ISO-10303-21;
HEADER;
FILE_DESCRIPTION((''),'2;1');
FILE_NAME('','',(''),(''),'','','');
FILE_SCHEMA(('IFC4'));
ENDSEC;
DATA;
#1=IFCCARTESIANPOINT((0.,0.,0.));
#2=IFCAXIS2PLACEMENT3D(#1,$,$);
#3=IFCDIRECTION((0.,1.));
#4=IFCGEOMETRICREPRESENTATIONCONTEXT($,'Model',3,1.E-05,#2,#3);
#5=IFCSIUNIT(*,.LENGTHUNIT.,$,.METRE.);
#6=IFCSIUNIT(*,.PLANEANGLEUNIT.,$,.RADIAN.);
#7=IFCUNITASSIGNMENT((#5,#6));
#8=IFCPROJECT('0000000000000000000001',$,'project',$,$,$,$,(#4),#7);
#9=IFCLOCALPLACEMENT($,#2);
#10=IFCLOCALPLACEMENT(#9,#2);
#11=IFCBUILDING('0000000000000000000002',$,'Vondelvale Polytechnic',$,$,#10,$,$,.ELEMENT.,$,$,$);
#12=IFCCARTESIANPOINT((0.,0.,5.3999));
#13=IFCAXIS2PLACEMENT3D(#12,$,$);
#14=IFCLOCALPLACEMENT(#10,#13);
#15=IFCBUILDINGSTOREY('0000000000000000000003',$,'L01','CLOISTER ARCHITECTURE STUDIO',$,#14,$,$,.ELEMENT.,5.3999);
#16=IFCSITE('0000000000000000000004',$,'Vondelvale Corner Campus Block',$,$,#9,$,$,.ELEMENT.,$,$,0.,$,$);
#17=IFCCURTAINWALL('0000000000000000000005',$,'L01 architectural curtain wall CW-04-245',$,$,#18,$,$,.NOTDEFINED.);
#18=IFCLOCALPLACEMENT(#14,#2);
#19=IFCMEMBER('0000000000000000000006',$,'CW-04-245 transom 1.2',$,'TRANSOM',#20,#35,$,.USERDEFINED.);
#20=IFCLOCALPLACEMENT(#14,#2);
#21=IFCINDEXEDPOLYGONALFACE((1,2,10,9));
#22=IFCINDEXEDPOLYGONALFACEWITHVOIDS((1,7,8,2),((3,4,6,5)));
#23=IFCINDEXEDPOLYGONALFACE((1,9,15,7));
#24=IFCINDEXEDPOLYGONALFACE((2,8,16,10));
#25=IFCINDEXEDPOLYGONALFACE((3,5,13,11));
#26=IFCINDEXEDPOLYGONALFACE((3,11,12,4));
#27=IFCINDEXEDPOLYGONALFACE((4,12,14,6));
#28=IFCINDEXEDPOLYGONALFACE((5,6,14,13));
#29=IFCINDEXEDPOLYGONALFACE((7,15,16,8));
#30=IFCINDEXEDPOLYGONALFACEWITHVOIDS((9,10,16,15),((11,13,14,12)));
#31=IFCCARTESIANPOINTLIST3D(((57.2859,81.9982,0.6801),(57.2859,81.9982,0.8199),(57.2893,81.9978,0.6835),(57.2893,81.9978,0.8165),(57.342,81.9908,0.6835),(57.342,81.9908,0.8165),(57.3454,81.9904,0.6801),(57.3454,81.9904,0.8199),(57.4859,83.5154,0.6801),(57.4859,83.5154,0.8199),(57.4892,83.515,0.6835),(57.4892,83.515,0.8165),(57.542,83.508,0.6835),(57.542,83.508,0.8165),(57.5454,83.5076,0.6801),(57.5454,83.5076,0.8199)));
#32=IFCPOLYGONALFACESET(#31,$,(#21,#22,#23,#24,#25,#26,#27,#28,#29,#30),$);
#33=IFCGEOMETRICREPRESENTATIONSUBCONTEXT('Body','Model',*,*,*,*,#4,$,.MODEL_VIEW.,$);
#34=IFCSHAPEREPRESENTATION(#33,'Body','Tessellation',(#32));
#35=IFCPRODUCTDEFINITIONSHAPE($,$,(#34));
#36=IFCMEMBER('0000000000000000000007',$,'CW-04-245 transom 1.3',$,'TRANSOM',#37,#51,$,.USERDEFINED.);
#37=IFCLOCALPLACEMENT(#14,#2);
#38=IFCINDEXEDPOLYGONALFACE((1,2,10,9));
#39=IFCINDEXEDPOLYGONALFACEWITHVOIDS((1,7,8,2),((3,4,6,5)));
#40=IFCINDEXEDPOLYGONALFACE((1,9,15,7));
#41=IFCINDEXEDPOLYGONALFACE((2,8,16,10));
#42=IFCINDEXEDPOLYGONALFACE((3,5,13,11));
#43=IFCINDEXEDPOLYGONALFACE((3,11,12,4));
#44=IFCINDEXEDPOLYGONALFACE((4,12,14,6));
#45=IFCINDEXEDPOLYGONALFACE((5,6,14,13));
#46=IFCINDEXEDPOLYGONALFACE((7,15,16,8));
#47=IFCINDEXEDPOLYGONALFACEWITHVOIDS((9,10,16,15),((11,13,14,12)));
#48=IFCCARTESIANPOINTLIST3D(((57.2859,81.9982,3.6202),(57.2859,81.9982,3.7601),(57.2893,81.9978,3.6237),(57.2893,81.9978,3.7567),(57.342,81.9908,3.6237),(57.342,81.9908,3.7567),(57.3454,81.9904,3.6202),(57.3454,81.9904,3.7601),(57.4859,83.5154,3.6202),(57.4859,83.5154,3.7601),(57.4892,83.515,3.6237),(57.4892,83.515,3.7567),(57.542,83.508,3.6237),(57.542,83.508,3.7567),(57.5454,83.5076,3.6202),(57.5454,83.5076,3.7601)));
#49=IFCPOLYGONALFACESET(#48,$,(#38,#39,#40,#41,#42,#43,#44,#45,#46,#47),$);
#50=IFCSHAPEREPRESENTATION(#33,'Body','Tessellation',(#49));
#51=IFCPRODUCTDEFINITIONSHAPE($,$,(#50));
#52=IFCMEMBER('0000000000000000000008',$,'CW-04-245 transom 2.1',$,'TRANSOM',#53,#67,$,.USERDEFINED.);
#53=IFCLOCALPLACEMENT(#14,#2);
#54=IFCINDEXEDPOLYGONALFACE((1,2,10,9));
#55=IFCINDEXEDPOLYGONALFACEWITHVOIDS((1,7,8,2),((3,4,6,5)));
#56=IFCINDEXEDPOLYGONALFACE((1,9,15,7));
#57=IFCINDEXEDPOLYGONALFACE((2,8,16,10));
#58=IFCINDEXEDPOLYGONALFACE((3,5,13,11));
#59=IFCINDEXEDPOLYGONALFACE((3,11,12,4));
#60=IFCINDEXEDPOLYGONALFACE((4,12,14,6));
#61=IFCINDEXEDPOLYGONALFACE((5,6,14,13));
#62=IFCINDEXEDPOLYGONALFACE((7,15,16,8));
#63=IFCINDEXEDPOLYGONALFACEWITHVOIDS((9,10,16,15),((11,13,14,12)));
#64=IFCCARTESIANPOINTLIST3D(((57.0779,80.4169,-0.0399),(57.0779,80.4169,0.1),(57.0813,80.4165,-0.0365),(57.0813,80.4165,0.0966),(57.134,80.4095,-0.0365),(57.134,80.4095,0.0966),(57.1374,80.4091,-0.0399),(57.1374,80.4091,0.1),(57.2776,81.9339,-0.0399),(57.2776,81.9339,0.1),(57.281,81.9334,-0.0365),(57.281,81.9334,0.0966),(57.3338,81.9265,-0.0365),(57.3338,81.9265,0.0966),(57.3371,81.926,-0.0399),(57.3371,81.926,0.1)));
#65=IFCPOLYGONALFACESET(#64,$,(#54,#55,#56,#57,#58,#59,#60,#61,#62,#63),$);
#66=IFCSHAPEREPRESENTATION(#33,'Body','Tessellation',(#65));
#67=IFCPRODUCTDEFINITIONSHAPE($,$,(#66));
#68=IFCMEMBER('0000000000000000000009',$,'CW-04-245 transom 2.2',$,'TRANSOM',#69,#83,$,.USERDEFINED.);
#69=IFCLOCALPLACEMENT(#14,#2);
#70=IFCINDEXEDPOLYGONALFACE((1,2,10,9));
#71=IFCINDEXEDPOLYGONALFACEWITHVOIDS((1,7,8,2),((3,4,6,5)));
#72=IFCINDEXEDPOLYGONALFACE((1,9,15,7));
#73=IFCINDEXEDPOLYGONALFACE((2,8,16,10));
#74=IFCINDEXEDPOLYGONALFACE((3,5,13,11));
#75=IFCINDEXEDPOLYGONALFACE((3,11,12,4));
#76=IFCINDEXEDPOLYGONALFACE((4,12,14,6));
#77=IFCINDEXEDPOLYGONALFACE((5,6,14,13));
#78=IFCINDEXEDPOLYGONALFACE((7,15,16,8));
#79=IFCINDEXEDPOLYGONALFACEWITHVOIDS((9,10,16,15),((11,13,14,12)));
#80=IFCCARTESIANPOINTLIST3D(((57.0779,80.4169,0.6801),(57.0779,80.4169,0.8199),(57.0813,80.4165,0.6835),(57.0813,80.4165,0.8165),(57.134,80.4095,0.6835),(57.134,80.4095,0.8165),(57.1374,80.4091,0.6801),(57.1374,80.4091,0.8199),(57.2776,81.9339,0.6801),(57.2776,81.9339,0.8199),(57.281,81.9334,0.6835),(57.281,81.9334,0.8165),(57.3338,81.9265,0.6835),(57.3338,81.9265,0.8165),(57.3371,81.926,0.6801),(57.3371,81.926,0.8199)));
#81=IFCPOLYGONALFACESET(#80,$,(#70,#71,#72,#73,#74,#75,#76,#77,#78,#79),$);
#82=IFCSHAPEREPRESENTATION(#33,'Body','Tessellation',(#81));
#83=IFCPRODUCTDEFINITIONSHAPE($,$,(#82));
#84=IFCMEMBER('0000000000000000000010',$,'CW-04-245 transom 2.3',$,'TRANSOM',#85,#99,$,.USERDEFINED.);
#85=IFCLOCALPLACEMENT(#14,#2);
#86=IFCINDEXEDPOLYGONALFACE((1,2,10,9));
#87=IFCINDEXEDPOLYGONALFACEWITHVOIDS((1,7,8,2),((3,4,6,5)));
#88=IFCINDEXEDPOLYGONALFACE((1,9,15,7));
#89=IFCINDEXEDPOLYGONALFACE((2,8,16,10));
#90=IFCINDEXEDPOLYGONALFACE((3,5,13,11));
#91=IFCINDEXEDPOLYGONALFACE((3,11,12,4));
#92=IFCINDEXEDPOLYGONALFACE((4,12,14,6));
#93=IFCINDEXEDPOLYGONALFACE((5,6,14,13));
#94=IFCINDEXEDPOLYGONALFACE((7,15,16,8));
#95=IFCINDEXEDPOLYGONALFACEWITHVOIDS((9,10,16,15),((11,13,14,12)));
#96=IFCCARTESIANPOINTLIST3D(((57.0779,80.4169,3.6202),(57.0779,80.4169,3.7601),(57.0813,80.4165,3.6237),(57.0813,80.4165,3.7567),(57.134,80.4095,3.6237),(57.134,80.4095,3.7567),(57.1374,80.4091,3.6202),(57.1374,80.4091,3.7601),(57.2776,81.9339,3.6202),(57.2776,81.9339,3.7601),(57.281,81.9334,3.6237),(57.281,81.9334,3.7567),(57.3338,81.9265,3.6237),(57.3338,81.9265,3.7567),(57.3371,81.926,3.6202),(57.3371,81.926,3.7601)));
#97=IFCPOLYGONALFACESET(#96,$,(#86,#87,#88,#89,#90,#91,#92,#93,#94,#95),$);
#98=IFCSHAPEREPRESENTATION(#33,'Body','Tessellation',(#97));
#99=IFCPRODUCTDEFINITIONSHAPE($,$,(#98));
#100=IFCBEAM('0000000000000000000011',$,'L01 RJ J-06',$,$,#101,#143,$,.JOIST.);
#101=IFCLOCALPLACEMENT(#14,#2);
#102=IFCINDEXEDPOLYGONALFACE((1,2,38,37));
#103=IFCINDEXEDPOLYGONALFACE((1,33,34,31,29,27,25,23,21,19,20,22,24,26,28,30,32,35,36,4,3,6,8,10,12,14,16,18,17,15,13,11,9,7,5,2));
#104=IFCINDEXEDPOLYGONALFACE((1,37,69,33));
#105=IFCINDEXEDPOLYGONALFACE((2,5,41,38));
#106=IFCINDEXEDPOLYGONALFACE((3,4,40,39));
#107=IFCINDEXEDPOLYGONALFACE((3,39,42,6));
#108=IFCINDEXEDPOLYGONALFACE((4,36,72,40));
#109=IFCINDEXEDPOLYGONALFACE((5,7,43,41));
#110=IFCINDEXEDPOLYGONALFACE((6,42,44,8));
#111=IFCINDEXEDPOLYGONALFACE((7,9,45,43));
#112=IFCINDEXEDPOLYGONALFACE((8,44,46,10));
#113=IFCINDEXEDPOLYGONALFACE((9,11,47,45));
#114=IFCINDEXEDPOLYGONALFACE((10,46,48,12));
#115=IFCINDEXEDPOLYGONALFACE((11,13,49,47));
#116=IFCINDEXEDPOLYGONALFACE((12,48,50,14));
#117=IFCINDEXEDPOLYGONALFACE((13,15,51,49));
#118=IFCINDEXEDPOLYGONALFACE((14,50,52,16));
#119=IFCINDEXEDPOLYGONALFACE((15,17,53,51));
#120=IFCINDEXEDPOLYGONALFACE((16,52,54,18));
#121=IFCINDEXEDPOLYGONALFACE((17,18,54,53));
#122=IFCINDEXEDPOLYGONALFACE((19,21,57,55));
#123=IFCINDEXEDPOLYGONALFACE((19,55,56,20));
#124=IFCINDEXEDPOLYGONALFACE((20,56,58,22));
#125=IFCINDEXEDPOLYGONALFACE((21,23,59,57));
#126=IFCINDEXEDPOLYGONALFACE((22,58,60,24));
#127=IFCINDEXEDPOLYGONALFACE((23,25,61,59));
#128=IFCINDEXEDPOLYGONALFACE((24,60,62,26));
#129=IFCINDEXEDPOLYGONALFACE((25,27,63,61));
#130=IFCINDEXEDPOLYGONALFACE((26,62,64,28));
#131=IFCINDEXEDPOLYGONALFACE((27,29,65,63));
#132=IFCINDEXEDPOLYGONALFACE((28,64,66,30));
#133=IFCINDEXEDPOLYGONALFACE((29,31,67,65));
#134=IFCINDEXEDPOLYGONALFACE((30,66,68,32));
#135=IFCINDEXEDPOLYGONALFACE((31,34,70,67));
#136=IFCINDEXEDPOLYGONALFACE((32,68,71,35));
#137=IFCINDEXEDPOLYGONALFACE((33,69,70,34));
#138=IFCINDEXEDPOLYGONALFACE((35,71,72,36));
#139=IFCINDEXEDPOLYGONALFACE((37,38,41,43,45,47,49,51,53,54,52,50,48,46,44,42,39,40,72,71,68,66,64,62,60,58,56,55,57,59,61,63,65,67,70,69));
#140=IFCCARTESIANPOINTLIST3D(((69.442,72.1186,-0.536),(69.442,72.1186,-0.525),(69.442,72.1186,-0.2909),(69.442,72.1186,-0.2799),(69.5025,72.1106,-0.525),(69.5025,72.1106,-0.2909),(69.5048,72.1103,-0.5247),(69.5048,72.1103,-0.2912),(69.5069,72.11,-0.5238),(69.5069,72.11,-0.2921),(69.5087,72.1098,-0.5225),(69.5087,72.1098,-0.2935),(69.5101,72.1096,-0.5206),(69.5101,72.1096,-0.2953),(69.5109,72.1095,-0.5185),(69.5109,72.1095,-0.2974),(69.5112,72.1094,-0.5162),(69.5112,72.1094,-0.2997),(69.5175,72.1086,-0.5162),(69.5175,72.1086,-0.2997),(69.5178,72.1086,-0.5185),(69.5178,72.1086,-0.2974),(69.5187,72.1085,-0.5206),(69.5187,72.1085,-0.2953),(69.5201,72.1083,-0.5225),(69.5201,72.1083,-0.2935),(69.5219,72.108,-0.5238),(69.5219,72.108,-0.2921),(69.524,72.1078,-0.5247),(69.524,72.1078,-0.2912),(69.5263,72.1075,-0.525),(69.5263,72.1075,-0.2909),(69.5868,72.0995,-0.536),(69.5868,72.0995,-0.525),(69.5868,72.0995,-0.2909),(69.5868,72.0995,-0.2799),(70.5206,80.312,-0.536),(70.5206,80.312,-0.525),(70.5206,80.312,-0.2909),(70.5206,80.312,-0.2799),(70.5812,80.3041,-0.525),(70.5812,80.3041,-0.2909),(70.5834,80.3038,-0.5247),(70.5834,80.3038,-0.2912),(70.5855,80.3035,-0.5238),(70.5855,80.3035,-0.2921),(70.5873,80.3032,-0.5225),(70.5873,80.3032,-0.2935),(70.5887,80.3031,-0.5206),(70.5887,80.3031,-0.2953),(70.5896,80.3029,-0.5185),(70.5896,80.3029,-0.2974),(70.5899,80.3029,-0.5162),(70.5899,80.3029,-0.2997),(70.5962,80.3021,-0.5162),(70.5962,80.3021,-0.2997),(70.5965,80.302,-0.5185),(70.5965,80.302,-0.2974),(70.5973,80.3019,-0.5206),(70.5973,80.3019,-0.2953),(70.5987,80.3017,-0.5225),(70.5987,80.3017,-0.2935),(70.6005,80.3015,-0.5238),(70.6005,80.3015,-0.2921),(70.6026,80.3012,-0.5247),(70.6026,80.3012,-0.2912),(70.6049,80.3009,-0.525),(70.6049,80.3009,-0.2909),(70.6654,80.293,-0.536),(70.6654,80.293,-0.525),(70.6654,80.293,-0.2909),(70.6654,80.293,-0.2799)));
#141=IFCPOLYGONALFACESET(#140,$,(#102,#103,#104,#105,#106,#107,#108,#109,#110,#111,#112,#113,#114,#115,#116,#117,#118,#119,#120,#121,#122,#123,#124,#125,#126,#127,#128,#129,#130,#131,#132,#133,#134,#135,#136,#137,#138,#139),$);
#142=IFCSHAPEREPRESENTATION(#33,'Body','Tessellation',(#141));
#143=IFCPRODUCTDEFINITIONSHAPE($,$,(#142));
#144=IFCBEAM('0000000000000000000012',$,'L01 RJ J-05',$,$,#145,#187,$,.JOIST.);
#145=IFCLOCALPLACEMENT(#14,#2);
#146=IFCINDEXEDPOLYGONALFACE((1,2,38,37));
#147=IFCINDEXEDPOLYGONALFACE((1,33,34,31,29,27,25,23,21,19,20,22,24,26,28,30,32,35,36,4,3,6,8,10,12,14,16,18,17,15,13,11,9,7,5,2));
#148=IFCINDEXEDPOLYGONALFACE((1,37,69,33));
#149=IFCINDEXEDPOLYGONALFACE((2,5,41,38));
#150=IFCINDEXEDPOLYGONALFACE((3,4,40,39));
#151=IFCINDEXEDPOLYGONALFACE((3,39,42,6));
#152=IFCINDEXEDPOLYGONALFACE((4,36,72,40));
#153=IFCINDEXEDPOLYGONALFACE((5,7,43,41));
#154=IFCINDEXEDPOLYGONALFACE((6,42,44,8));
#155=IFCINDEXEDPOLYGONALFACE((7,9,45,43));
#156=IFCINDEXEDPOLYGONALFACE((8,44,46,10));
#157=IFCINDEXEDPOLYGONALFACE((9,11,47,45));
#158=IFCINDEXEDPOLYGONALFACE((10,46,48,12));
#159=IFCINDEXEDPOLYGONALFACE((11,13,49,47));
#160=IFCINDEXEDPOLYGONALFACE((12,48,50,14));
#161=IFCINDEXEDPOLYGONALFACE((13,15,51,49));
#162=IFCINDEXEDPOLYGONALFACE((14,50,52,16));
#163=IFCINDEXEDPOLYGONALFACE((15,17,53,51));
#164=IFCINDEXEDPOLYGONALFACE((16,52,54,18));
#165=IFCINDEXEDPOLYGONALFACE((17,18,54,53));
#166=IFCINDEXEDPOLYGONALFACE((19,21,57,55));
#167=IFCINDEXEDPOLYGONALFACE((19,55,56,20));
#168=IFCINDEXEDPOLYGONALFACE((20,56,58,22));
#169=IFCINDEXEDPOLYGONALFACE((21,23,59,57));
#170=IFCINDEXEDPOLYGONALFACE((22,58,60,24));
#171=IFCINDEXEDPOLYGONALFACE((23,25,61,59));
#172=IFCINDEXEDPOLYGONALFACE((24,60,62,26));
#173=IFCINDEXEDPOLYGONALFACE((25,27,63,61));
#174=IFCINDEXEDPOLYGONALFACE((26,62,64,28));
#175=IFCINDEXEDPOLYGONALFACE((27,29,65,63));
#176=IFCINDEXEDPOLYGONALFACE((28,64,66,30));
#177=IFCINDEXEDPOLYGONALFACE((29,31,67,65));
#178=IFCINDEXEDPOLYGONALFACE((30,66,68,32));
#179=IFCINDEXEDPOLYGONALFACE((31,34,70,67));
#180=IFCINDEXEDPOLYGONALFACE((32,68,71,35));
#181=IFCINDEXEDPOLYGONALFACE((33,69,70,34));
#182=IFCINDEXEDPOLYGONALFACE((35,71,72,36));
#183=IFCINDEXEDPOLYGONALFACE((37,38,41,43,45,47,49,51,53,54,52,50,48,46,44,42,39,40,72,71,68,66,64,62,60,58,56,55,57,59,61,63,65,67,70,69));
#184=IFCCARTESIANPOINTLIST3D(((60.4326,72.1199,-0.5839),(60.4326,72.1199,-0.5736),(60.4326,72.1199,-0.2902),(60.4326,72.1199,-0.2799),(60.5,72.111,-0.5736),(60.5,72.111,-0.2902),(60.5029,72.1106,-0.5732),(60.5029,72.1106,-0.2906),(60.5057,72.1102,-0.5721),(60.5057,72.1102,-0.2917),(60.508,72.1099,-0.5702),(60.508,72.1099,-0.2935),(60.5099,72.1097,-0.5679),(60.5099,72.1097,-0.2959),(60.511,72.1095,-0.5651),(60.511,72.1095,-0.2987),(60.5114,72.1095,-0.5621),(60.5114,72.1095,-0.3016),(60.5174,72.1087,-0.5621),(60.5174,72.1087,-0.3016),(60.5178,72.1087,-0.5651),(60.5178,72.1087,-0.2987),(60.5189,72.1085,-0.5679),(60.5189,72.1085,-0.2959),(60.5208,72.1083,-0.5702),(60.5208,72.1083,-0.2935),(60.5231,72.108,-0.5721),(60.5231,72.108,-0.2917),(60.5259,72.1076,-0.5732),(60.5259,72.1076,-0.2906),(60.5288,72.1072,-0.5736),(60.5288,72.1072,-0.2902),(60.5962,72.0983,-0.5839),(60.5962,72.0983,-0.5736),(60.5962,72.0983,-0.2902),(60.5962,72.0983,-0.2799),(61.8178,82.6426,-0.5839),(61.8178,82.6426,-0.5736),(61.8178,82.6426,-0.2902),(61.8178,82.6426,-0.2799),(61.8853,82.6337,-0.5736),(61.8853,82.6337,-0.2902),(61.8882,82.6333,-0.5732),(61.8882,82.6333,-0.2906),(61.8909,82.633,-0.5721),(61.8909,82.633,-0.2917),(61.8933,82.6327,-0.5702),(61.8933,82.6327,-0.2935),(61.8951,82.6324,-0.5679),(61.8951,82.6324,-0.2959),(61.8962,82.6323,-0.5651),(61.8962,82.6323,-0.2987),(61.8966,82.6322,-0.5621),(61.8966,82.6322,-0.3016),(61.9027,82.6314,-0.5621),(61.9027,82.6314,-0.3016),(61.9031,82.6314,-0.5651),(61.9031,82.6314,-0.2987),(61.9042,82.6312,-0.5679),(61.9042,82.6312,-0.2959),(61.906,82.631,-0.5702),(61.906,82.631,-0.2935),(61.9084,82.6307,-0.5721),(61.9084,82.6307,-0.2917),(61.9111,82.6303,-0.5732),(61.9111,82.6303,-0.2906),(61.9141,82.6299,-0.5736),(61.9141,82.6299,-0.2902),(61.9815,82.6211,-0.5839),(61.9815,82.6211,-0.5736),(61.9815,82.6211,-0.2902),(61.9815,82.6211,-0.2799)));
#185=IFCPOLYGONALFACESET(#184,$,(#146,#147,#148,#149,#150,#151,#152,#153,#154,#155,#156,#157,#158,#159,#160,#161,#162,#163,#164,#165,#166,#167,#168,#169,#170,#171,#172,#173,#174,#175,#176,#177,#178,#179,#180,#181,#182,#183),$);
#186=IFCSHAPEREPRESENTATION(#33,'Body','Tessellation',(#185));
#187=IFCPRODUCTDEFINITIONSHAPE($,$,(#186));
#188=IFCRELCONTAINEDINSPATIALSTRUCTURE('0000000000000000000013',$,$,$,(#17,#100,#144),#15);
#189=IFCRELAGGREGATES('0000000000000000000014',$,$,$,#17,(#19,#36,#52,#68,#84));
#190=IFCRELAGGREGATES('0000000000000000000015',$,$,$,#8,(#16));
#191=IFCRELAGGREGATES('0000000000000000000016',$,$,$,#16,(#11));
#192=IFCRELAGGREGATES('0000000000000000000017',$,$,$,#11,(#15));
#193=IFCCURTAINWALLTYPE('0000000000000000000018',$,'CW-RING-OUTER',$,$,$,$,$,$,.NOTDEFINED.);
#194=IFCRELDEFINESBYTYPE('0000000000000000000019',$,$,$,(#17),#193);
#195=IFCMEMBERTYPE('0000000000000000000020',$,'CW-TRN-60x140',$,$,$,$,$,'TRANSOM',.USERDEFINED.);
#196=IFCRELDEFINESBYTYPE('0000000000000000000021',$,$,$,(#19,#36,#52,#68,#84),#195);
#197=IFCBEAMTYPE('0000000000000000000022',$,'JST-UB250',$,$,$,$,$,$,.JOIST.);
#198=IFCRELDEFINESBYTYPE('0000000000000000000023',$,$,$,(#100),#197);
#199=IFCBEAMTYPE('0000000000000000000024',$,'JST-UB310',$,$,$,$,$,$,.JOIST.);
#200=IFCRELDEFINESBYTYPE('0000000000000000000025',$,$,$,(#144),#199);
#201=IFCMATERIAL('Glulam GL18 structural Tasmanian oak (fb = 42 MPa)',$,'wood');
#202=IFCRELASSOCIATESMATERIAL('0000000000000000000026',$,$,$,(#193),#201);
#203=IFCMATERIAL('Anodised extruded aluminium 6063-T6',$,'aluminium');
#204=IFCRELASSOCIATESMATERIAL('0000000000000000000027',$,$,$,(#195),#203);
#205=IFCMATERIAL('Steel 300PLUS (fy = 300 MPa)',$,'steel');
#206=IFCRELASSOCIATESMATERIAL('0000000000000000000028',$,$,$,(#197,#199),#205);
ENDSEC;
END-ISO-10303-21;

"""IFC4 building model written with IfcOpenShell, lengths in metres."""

from ifc_helpers import new_model, si_unit, direction, frame, origin, origin_2d, place, context, subcontext, project, spatial, hollow_rectangle, i_section, extrude, material, material_profile, profile_set, type_object, element, aggregate, save


model = new_model("IFC4")

# Units and contexts
model_context = context("Model", 3, precision=1e-05, world=origin(), true_north=direction((0.0, 1.0)))
body_context = subcontext(model_context, "Body", "Model", "MODEL_VIEW")
ifc_project = project(units=[si_unit("LENGTHUNIT", "METRE"), si_unit("PLANEANGLEUNIT", "RADIAN")], contexts=[model_context])

# Site, building, storey
site_placement = place(None, origin())
site = spatial("IfcSite", under=ifc_project, at=site_placement, Name="Vondelvale Corner Campus Block", CompositionType="ELEMENT", RefElevation=0.0)
building_placement = place(site_placement, origin())
building = spatial("IfcBuilding", under=site, at=building_placement, Name="Vondelvale Polytechnic", CompositionType="ELEMENT")
storey_placement = place(building_placement, frame((0.0, 0.0, 5.3999)))
storey = spatial("IfcBuildingStorey", under=building, at=storey_placement, Name="L01", Description="CLOISTER ARCHITECTURE STUDIO", CompositionType="ELEMENT", Elevation=5.3999)

# Shared definitions
ifc_material_1 = material(Name="Steel 300PLUS (fy = 300 MPa)", Category="steel")

# Curtain wall
ifc_material_2 = material(Name="Glulam GL18 structural Tasmanian oak (fb = 42 MPa)", Category="wood")
curtain_wall_type = type_object("IfcCurtainWallType", Name="CW-RING-OUTER", PredefinedType="NOTDEFINED", material=ifc_material_2)
ifc_material_3 = material(Name="Anodised extruded aluminium 6063-T6", Category="aluminium")
curtain_wall_1_placement = place(storey_placement, origin())
curtain_wall_1 = element("IfcCurtainWall", 1, at=curtain_wall_1_placement, inside=storey, type_object=curtain_wall_type, Name="L01 architectural curtain wall CW-04-245", PredefinedType="NOTDEFINED")

# Members
ifc_material_profile_1 = material_profile(ifc_material_3, hollow_rectangle(XDim=0.0601, YDim=0.1399, WallThickness=0.0034, at=origin_2d()), Name="CW-TRN-140x60")
ifc_profile_set_1 = profile_set([ifc_material_profile_1], Name="Anodised extruded aluminium 6063-T6")
member_type_1 = type_object("IfcMemberType", Name="CW-TRN-60x140", ElementType="TRANSOM", PredefinedType="USERDEFINED", material=ifc_profile_set_1)
member_1_placement = place(storey_placement, frame((57.5156, 83.5115, 0.75), z_axis=(-0.130669, -0.991426, 0.0), x_axis=(0.991426, -0.130669, 0.0)))
member_1 = element("IfcMember", 2, at=member_1_placement, type_object=member_type_1, Name="CW-04-245 transom 1.2", ObjectType="TRANSOM", PredefinedType="USERDEFINED", context=body_context, shape_type="SweptSolid", body=[
    extrude(hollow_rectangle(XDim=0.0601, YDim=0.1399, WallThickness=0.0034, at=origin_2d()), origin(), (0.0, 0.0, 1.0), 1.5303),
])
member_2_placement = place(storey_placement, frame((57.5156, 83.5115, 3.6902), z_axis=(-0.130669, -0.991426, 0.0), x_axis=(0.991426, -0.130669, 0.0)))
member_2 = element("IfcMember", 3, at=member_2_placement, type_object=member_type_1, Name="CW-04-245 transom 1.3", ObjectType="TRANSOM", PredefinedType="USERDEFINED", context=body_context, shape_type="SweptSolid", body=[
    extrude(hollow_rectangle(XDim=0.0601, YDim=0.1399, WallThickness=0.0034, at=origin_2d()), origin(), (0.0, 0.0, 1.0), 1.5303),
])
member_3_placement = place(storey_placement, frame((57.3074, 81.9299, 0.03), z_axis=(-0.130533, -0.991444, 0.0), x_axis=(0.991444, -0.130533, 0.0)))
member_3 = element("IfcMember", 4, at=member_3_placement, type_object=member_type_1, Name="CW-04-245 transom 2.1", ObjectType="TRANSOM", PredefinedType="USERDEFINED", context=body_context, shape_type="SweptSolid", body=[
    extrude(hollow_rectangle(XDim=0.0601, YDim=0.1399, WallThickness=0.0034, at=origin_2d()), origin(), (0.0, 0.0, 1.0), 1.53),
])
member_4_placement = place(storey_placement, frame((57.3074, 81.9299, 0.75), z_axis=(-0.130533, -0.991444, 0.0), x_axis=(0.991444, -0.130533, 0.0)))
member_4 = element("IfcMember", 5, at=member_4_placement, type_object=member_type_1, Name="CW-04-245 transom 2.2", ObjectType="TRANSOM", PredefinedType="USERDEFINED", context=body_context, shape_type="SweptSolid", body=[
    extrude(hollow_rectangle(XDim=0.0601, YDim=0.1399, WallThickness=0.0034, at=origin_2d()), origin(), (0.0, 0.0, 1.0), 1.53),
])
member_5_placement = place(storey_placement, frame((57.3074, 81.9299, 3.6902), z_axis=(-0.130533, -0.991444, 0.0), x_axis=(0.991444, -0.130533, 0.0)))
member_5 = element("IfcMember", 6, at=member_5_placement, type_object=member_type_1, Name="CW-04-245 transom 2.3", ObjectType="TRANSOM", PredefinedType="USERDEFINED", context=body_context, shape_type="SweptSolid", body=[
    extrude(hollow_rectangle(XDim=0.0601, YDim=0.1399, WallThickness=0.0034, at=origin_2d()), origin(), (0.0, 0.0, 1.0), 1.53),
])

# Beams
ifc_material_profile_2 = material_profile(ifc_material_1, i_section(OverallWidth=0.146, OverallDepth=0.2561, WebThickness=0.0063, FlangeThickness=0.011, FilletRadius=0.0088, at=origin_2d()), Name="250UB37.3")
ifc_profile_set_2 = profile_set([ifc_material_profile_2], Name="Steel 300PLUS (fy = 300 MPa)")
beam_type_1 = type_object("IfcBeamType", Name="JST-UB250", PredefinedType="JOIST", material=ifc_profile_set_2)
beam_1_placement = place(storey_placement, frame((70.593, 80.3025, -0.408), z_axis=(-0.130519, -0.991446, 0.0), x_axis=(0.991446, -0.130519, 0.0)))
element("IfcBeam", 7, at=beam_1_placement, inside=storey, type_object=beam_type_1, Name="L01 RJ J-06", PredefinedType="JOIST", context=body_context, shape_type="SweptSolid", body=[
    extrude(i_section(OverallWidth=0.146, OverallDepth=0.2561, WebThickness=0.0063, FlangeThickness=0.011, FilletRadius=0.0088, at=origin_2d()), origin(), (0.0, 0.0, 1.0), 8.2642),
])
ifc_material_profile_3 = material_profile(ifc_material_1, i_section(OverallWidth=0.165, OverallDepth=0.304, WebThickness=0.0061, FlangeThickness=0.0103, FilletRadius=0.0115, at=origin_2d()), Name="310UB40.4")
ifc_profile_set_3 = profile_set([ifc_material_profile_3], Name="Steel 300PLUS (fy = 300 MPa)")
beam_type_2 = type_object("IfcBeamType", Name="JST-UB310", PredefinedType="JOIST", material=ifc_profile_set_3)
beam_2_placement = place(storey_placement, frame((61.8997, 82.6318, -0.4319), z_axis=(-0.130518, -0.991446, 0.0), x_axis=(0.991446, -0.130518, 0.0)))
element("IfcBeam", 8, at=beam_2_placement, inside=storey, type_object=beam_type_2, Name="L01 RJ J-05", PredefinedType="JOIST", context=body_context, shape_type="SweptSolid", body=[
    extrude(i_section(OverallWidth=0.165, OverallDepth=0.304, WebThickness=0.0061, FlangeThickness=0.0103, FilletRadius=0.0115, at=origin_2d()), origin(), (0.0, 0.0, 1.0), 10.6135),
])

aggregate(curtain_wall_1, [member_1, member_2, member_3, member_4, member_5])

save(model, "model.ifc")
